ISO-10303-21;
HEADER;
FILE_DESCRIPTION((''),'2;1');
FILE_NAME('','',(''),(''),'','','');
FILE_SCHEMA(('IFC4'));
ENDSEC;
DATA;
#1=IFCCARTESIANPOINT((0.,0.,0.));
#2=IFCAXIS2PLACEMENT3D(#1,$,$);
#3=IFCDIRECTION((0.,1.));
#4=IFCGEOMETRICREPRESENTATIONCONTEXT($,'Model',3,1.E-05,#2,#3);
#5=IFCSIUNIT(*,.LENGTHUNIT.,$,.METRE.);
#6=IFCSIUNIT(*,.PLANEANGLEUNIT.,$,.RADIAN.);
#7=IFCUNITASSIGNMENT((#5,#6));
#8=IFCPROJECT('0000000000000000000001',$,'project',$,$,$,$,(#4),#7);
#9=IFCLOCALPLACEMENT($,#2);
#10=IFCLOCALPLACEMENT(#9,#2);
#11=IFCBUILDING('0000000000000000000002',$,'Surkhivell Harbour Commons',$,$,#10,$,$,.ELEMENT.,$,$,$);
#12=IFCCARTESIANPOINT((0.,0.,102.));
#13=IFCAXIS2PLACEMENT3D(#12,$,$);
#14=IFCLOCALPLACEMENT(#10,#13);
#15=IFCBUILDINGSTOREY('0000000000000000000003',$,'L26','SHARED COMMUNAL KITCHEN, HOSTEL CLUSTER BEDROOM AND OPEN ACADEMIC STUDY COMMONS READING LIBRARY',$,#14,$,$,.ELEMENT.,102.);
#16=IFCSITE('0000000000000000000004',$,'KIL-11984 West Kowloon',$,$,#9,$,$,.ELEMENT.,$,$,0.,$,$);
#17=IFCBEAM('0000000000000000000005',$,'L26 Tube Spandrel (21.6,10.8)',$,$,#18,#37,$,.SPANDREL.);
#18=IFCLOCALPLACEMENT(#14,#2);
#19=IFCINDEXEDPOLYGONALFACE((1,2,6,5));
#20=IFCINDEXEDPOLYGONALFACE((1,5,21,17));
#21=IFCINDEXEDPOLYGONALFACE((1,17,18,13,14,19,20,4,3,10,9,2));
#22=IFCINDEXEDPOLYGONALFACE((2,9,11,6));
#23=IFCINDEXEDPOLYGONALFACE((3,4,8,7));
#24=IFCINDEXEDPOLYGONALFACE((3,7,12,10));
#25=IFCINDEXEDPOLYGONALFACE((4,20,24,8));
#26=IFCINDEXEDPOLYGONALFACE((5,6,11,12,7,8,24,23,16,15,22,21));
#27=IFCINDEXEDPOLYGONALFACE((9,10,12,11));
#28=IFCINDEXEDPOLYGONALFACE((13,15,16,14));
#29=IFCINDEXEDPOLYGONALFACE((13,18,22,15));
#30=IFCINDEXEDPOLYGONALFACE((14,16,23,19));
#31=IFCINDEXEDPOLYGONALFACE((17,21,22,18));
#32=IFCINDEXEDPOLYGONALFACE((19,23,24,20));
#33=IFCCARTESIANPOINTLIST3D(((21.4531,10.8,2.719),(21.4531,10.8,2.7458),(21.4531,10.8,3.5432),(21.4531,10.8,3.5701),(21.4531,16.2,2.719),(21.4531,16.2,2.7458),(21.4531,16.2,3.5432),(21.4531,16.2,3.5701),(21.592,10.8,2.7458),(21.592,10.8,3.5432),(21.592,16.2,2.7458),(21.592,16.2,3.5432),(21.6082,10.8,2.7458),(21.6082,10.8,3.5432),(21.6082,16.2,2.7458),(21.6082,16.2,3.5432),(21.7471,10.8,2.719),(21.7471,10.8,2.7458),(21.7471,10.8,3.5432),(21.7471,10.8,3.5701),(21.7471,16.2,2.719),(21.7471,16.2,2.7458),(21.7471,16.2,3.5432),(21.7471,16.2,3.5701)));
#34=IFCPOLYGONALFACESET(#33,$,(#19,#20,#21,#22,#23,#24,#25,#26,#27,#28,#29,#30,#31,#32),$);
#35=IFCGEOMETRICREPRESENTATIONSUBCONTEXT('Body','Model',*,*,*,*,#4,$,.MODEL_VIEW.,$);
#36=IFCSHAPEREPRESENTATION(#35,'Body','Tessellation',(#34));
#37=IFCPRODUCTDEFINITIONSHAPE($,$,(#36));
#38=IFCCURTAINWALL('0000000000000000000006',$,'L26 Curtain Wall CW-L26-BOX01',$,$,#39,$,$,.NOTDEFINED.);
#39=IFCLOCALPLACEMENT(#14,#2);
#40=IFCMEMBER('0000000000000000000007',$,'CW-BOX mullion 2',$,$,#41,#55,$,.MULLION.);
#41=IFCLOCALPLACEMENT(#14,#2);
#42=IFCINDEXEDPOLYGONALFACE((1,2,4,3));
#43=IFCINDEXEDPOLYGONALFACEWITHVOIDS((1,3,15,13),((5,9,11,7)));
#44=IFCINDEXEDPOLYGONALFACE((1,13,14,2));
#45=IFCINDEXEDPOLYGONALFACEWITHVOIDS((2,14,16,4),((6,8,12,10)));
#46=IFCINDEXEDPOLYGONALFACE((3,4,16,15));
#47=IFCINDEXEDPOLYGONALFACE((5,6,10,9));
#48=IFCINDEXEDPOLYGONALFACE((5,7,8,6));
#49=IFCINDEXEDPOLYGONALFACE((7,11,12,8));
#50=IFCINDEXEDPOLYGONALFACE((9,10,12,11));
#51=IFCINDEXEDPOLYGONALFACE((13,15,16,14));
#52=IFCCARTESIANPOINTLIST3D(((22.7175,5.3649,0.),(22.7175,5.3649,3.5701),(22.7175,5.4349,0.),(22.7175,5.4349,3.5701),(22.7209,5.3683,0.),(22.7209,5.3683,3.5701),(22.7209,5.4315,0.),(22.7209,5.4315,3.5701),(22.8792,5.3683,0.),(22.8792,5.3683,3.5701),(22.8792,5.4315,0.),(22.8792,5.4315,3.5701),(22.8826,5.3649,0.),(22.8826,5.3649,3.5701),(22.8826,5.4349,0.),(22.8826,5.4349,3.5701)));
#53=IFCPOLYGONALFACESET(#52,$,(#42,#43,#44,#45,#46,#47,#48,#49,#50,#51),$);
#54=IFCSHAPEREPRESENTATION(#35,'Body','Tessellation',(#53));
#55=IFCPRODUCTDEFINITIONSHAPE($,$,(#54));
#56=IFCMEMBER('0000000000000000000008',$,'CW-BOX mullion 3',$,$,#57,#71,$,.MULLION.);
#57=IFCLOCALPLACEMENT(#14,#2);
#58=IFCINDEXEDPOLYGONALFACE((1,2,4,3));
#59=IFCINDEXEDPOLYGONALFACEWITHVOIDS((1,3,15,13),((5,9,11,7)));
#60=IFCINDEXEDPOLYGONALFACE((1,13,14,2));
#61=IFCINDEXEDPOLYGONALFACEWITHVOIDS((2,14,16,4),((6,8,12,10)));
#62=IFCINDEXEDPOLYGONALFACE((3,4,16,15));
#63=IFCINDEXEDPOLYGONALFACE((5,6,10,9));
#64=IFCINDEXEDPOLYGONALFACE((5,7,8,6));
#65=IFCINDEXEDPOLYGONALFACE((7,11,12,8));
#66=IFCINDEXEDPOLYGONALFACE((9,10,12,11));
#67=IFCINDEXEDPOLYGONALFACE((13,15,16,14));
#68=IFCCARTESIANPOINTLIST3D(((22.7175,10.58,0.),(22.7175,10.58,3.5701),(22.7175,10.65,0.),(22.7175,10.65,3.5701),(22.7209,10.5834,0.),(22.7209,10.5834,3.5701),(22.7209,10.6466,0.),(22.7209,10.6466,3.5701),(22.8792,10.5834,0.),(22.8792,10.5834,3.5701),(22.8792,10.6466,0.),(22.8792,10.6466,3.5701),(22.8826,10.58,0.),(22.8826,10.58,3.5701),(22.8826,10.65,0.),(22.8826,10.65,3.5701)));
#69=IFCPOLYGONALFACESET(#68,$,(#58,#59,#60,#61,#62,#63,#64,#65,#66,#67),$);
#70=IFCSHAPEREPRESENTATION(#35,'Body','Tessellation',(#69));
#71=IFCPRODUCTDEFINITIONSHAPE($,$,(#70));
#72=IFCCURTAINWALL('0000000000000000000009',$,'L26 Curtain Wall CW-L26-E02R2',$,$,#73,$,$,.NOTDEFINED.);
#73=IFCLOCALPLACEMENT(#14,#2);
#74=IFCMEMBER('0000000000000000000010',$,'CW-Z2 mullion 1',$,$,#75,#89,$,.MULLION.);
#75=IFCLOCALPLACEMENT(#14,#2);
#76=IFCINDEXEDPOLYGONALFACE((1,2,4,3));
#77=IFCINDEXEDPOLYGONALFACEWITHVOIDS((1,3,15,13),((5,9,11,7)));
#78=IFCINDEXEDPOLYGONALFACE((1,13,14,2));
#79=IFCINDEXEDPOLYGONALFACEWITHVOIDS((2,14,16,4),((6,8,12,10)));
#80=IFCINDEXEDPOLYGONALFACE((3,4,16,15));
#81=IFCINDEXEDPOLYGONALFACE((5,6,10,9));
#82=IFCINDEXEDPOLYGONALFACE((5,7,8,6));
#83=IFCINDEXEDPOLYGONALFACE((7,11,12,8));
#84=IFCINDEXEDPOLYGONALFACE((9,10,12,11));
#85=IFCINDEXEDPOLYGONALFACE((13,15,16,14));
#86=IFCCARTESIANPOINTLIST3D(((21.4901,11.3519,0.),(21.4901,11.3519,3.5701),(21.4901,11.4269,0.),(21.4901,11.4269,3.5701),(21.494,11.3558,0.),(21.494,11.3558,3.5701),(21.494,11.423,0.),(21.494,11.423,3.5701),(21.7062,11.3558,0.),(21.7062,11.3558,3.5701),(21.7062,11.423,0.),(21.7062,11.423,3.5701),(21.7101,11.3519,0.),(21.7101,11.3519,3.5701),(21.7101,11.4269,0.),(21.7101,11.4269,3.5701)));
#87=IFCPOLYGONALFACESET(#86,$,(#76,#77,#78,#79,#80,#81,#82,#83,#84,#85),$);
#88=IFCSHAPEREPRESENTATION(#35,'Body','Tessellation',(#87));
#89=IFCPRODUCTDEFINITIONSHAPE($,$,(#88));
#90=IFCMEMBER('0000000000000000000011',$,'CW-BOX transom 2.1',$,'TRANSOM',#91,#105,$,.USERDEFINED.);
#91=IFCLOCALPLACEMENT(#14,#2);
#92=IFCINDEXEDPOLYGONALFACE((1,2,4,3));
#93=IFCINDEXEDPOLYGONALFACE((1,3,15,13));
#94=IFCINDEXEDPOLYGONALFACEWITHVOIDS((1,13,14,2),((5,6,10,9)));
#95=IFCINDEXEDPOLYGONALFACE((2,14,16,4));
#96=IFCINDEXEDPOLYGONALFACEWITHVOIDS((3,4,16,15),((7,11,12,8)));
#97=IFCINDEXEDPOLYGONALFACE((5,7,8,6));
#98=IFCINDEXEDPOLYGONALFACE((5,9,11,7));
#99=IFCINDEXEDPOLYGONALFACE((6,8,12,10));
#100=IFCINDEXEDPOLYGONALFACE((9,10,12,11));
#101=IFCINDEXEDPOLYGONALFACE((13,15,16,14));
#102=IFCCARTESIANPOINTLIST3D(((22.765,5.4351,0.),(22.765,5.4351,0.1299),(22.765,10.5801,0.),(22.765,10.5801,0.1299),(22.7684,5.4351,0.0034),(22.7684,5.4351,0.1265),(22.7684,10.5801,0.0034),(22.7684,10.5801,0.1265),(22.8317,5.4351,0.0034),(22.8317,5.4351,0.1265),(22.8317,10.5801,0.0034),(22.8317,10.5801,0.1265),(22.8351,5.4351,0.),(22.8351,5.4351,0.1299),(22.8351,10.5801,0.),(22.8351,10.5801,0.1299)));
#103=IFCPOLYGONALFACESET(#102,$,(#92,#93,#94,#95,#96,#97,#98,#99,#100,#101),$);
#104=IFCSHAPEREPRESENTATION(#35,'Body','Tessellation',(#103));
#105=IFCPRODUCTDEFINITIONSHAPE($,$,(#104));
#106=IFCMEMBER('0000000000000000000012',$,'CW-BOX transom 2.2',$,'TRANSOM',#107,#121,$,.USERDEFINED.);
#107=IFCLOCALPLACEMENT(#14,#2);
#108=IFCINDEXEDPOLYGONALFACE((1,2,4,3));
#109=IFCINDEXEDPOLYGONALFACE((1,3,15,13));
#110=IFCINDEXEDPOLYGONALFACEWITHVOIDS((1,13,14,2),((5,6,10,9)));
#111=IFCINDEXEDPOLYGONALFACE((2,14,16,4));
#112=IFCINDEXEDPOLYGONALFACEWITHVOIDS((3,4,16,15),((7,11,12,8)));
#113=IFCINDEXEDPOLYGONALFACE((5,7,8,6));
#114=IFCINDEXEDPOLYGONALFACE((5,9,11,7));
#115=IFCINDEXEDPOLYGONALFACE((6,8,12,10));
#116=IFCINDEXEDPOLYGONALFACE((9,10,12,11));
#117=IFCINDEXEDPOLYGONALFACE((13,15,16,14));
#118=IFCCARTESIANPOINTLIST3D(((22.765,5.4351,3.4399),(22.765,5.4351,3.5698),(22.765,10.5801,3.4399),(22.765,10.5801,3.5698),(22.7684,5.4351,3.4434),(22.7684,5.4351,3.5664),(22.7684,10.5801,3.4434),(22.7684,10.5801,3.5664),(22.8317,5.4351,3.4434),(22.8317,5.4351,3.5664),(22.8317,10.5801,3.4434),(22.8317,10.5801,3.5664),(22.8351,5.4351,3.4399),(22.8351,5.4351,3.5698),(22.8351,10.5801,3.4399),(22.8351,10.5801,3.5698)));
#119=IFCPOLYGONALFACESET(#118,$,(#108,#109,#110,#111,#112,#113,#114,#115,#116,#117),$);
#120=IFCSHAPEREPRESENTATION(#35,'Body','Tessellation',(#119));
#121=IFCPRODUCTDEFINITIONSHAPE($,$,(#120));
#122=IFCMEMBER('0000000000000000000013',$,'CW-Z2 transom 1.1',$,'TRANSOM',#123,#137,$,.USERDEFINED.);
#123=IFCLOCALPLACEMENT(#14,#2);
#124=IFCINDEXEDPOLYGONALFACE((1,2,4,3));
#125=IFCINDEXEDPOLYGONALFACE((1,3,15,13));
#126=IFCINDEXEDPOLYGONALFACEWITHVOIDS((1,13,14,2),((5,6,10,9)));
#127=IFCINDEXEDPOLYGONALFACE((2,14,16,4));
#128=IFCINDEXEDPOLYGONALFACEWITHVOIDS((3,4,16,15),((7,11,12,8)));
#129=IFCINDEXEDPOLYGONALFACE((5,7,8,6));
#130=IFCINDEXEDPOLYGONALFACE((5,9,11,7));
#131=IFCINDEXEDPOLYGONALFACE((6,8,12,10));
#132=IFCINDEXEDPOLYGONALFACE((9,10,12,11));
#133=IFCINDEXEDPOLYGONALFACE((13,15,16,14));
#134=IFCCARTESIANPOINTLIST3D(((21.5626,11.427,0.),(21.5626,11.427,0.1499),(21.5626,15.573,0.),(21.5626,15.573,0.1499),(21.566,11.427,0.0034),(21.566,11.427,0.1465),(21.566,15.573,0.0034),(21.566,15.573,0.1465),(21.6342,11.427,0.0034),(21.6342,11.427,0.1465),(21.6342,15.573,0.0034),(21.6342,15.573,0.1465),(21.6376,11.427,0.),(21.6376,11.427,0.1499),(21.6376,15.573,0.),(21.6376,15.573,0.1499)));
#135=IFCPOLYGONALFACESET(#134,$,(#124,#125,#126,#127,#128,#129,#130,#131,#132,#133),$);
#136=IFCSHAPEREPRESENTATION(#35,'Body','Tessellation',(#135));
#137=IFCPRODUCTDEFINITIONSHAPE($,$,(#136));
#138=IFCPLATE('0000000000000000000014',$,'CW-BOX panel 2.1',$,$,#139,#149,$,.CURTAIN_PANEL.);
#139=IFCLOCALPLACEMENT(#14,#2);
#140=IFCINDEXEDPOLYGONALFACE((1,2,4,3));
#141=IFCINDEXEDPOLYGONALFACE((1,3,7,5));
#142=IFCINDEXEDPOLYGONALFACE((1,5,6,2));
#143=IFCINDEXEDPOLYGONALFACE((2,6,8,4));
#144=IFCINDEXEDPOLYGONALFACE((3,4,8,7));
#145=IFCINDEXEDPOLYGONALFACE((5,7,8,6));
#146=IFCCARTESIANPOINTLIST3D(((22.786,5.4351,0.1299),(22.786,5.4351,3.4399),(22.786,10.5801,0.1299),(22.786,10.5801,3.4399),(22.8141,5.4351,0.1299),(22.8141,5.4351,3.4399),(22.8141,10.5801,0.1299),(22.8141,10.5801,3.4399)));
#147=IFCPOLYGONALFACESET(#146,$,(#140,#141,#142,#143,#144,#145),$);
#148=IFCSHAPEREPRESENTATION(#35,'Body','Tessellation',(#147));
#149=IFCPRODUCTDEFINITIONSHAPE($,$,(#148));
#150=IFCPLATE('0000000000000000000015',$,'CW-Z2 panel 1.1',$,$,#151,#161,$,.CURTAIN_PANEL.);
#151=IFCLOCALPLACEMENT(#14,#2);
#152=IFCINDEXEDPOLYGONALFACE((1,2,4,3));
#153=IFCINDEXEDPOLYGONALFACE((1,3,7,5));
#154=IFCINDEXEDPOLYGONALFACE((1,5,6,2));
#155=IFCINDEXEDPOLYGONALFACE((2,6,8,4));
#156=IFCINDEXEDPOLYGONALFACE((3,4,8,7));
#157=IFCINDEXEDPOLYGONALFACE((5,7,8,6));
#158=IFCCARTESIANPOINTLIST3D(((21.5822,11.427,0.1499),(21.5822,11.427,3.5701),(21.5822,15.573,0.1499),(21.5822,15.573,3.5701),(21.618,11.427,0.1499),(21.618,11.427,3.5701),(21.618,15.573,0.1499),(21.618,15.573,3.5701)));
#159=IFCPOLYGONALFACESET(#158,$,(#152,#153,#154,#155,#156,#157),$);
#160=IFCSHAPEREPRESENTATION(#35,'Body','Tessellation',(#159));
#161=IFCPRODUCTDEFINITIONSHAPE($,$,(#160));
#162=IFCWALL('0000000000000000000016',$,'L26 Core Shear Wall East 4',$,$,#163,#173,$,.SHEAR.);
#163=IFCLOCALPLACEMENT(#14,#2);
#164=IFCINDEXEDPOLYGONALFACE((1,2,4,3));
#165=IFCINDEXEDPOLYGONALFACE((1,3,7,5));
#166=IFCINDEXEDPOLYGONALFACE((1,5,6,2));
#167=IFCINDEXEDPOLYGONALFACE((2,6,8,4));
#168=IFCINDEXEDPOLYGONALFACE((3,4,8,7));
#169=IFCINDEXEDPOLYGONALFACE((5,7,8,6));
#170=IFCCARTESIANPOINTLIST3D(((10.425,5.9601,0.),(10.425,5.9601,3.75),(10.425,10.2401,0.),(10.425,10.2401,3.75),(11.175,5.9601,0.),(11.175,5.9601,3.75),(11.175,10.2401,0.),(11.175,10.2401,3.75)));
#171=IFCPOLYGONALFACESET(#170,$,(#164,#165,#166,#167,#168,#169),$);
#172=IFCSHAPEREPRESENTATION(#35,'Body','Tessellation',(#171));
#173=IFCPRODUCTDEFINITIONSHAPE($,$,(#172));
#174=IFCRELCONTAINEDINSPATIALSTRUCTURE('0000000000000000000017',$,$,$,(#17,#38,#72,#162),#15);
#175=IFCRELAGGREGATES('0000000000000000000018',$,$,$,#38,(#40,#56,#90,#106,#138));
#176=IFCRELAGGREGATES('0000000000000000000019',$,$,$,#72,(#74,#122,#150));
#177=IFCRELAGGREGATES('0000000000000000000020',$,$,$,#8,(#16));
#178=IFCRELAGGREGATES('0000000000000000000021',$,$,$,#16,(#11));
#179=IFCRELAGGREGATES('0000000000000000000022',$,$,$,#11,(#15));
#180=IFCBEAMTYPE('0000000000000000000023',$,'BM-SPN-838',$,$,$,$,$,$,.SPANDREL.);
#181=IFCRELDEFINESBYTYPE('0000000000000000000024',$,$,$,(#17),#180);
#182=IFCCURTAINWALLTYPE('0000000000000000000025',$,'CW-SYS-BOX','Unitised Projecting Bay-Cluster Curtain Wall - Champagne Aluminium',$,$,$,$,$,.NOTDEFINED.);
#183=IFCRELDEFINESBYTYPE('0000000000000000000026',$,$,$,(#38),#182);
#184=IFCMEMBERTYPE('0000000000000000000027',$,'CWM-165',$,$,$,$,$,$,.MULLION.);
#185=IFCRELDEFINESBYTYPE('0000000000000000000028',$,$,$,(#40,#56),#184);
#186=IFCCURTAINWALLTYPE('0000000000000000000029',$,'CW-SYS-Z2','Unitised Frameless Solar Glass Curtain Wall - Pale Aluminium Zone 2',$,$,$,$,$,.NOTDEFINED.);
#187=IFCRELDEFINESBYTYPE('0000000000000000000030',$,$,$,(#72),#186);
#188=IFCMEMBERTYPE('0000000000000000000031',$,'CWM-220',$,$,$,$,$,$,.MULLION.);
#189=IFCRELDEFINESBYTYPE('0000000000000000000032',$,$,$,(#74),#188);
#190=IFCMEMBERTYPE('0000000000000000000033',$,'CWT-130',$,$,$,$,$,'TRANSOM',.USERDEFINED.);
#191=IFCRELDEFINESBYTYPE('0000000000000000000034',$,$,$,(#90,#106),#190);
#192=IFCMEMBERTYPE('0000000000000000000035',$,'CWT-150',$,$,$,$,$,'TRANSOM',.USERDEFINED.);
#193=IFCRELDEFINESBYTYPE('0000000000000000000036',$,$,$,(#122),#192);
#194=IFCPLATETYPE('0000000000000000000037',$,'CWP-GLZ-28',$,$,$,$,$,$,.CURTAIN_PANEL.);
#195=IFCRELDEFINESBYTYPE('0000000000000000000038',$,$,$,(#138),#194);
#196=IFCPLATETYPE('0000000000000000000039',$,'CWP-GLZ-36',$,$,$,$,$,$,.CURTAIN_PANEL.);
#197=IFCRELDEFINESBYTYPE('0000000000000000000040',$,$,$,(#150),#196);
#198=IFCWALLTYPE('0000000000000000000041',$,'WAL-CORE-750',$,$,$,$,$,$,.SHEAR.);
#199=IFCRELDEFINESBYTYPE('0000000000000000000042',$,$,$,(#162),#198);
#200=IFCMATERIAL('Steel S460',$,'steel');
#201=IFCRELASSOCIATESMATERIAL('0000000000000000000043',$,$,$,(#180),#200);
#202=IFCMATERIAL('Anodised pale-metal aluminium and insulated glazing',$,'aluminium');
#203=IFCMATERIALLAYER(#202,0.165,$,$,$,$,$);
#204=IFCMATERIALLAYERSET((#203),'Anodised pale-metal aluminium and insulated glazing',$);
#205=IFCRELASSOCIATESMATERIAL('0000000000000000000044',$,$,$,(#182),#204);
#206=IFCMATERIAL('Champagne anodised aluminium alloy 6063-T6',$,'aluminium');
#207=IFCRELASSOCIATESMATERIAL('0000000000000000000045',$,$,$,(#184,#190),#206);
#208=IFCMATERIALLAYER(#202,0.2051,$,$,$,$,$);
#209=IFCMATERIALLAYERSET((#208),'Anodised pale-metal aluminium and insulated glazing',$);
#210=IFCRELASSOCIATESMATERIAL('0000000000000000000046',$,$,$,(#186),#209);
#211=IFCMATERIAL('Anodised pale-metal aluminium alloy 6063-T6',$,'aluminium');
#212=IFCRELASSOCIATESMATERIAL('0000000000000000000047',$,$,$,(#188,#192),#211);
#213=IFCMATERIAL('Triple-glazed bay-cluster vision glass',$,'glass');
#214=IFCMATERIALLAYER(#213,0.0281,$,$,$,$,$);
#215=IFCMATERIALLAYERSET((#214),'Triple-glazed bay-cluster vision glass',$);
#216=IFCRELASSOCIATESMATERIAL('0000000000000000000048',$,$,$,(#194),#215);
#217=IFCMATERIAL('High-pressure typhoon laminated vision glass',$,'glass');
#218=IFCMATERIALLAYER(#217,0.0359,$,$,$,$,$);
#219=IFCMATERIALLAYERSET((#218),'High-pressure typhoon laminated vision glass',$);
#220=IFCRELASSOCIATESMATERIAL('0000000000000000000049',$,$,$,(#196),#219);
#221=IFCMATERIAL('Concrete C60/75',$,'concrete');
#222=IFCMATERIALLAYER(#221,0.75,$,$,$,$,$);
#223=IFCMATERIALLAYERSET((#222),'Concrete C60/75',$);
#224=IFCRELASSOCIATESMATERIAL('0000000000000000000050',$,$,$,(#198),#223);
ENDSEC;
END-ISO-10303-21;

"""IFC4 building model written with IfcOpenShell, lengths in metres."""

from ifc_helpers import new_model, si_unit, direction, frame, frame_2d, origin, origin_2d, place, context, subcontext, project, spatial, rectangle, hollow_rectangle, i_section, extrude, material, layer, layer_set, material_profile, profile_set, type_object, element, aggregate, save


model = new_model("IFC4")

# Units and contexts
model_context = context("Model", 3, precision=1e-05, world=origin(), true_north=direction((0.0, 1.0)))
body_context = subcontext(model_context, "Body", "Model", "MODEL_VIEW")
ifc_project = project(units=[si_unit("LENGTHUNIT", "METRE"), si_unit("PLANEANGLEUNIT", "RADIAN")], contexts=[model_context])

# Site, building, storey
site_placement = place(None, origin())
site = spatial("IfcSite", under=ifc_project, at=site_placement, Name="KIL-11984 West Kowloon", CompositionType="ELEMENT", RefElevation=0.0)
building_placement = place(site_placement, origin())
building = spatial("IfcBuilding", under=site, at=building_placement, Name="Surkhivell Harbour Commons", CompositionType="ELEMENT")
storey_placement = place(building_placement, frame((0.0, 0.0, 102.0)))
storey = spatial("IfcBuildingStorey", under=building, at=storey_placement, Name="L26", Description="SHARED COMMUNAL KITCHEN, HOSTEL CLUSTER BEDROOM AND OPEN ACADEMIC STUDY COMMONS READING LIBRARY", CompositionType="ELEMENT", Elevation=102.0)

# Shared definitions
ifc_material_1 = material(Name="Concrete C60/75", Category="concrete")

# Beam
ifc_material_2 = material(Name="Steel S460", Category="steel")
ifc_material_profile_1 = material_profile(ifc_material_2, i_section(OverallWidth=0.2939, OverallDepth=0.8511, WebThickness=0.0161, FlangeThickness=0.0269, at=origin_2d()), Name="UB838x292x226")
ifc_profile_set_1 = profile_set([ifc_material_profile_1], Name="Steel S460")
beam_type_1 = type_object("IfcBeamType", Name="BM-SPN-838", PredefinedType="SPANDREL", material=ifc_profile_set_1)
beam_1_placement = place(storey_placement, frame((21.6001, 10.8, 3.1445), z_axis=(0.0, 1.0, 0.0), x_axis=(-1.0, 0.0, 0.0)))
element("IfcBeam", 1, at=beam_1_placement, inside=storey, type_object=beam_type_1, Name="L26 Tube Spandrel (21.6,10.8)", PredefinedType="SPANDREL", context=body_context, shape_type="SweptSolid", body=[
    extrude(i_section(OverallWidth=0.2939, OverallDepth=0.8511, WebThickness=0.0161, FlangeThickness=0.0269, at=origin_2d()), origin(), (0.0, 0.0, 1.0), 5.3999),
])

# Curtain wall, members
ifc_material_3 = material(Name="Anodised pale-metal aluminium and insulated glazing", Category="aluminium")
ifc_layer_1 = layer(ifc_material_3, 0.165)
ifc_layer_set_1 = layer_set([ifc_layer_1], Name="Anodised pale-metal aluminium and insulated glazing")
curtain_wall_type_1 = type_object("IfcCurtainWallType", Name="CW-SYS-BOX", Description="Unitised Projecting Bay-Cluster Curtain Wall - Champagne Aluminium", PredefinedType="NOTDEFINED", material=ifc_layer_set_1)
curtain_wall_1_placement = place(storey_placement, origin())
curtain_wall_1 = element("IfcCurtainWall", 2, at=curtain_wall_1_placement, inside=storey, type_object=curtain_wall_type_1, Name="L26 Curtain Wall CW-L26-BOX01", PredefinedType="NOTDEFINED")
ifc_material_4 = material(Name="Champagne anodised aluminium alloy 6063-T6", Category="aluminium")
ifc_material_profile_2 = material_profile(ifc_material_4, hollow_rectangle(XDim=0.0701, YDim=0.165, WallThickness=0.0034, at=origin_2d()), Name="ALU-MULL-70x165")
ifc_profile_set_2 = profile_set([ifc_material_profile_2], Name="Champagne anodised aluminium alloy 6063-T6")
member_type_1 = type_object("IfcMemberType", Name="CWM-165", PredefinedType="MULLION", material=ifc_profile_set_2)
member_1_placement = place(storey_placement, frame((22.8, 5.3999, 0.0), z_axis=(0.0, 0.0, 1.0), x_axis=(0.0, 1.0, 0.0)))
member_1 = element("IfcMember", 3, at=member_1_placement, type_object=member_type_1, Name="CW-BOX mullion 2", PredefinedType="MULLION", context=body_context, shape_type="SweptSolid", body=[
    extrude(hollow_rectangle(XDim=0.0701, YDim=0.165, WallThickness=0.0034, at=origin_2d()), origin(), (0.0, 0.0, 1.0), 3.5701),
])
member_2_placement = place(storey_placement, frame((22.8, 10.615, 0.0), z_axis=(0.0, 0.0, 1.0), x_axis=(0.0, 1.0, 0.0)))
member_2 = element("IfcMember", 4, at=member_2_placement, type_object=member_type_1, Name="CW-BOX mullion 3", PredefinedType="MULLION", context=body_context, shape_type="SweptSolid", body=[
    extrude(hollow_rectangle(XDim=0.0701, YDim=0.165, WallThickness=0.0034, at=origin_2d()), origin(), (0.0, 0.0, 1.0), 3.5701),
])

# Curtain wall, member
ifc_layer_2 = layer(ifc_material_3, 0.2051)
ifc_layer_set_2 = layer_set([ifc_layer_2], Name="Anodised pale-metal aluminium and insulated glazing")
curtain_wall_type_2 = type_object("IfcCurtainWallType", Name="CW-SYS-Z2", Description="Unitised Frameless Solar Glass Curtain Wall - Pale Aluminium Zone 2", PredefinedType="NOTDEFINED", material=ifc_layer_set_2)
curtain_wall_2_placement = place(storey_placement, origin())
curtain_wall_2 = element("IfcCurtainWall", 5, at=curtain_wall_2_placement, inside=storey, type_object=curtain_wall_type_2, Name="L26 Curtain Wall CW-L26-E02R2", PredefinedType="NOTDEFINED")
ifc_material_5 = material(Name="Anodised pale-metal aluminium alloy 6063-T6", Category="aluminium")
ifc_material_profile_3 = material_profile(ifc_material_5, hollow_rectangle(XDim=0.075, YDim=0.22, WallThickness=0.0039, at=origin_2d()), Name="ALU-MULL-75x220")
ifc_profile_set_3 = profile_set([ifc_material_profile_3], Name="Anodised pale-metal aluminium alloy 6063-T6")
member_type_2 = type_object("IfcMemberType", Name="CWM-220", PredefinedType="MULLION", material=ifc_profile_set_3)
member_3_placement = place(storey_placement, frame((21.6001, 11.3894, 0.0), z_axis=(0.0, 0.0, 1.0), x_axis=(0.0, 1.0, 0.0)))
member_3 = element("IfcMember", 6, at=member_3_placement, type_object=member_type_2, Name="CW-Z2 mullion 1", PredefinedType="MULLION", context=body_context, shape_type="SweptSolid", body=[
    extrude(hollow_rectangle(XDim=0.075, YDim=0.22, WallThickness=0.0039, at=origin_2d()), origin(), (0.0, 0.0, 1.0), 3.5701),
])

# Members
ifc_material_profile_4 = material_profile(ifc_material_4, hollow_rectangle(XDim=0.0701, YDim=0.1299, WallThickness=0.0034, at=origin_2d()), Name="ALU-TRAN-70x130")
ifc_profile_set_4 = profile_set([ifc_material_profile_4], Name="Champagne anodised aluminium alloy 6063-T6")
member_type_3 = type_object("IfcMemberType", Name="CWT-130", ElementType="TRANSOM", PredefinedType="USERDEFINED", material=ifc_profile_set_4)
member_4_placement = place(storey_placement, frame((22.8, 5.4351, 0.0649), z_axis=(0.0, 1.0, 0.0), x_axis=(-1.0, 0.0, 0.0)))
member_4 = element("IfcMember", 7, at=member_4_placement, type_object=member_type_3, Name="CW-BOX transom 2.1", ObjectType="TRANSOM", PredefinedType="USERDEFINED", context=body_context, shape_type="SweptSolid", body=[
    extrude(hollow_rectangle(XDim=0.0701, YDim=0.1299, WallThickness=0.0034, at=origin_2d()), origin(), (0.0, 0.0, 1.0), 5.145),
])
member_5_placement = place(storey_placement, frame((22.8, 5.4351, 3.5049), z_axis=(0.0, 1.0, 0.0), x_axis=(-1.0, 0.0, 0.0)))
member_5 = element("IfcMember", 8, at=member_5_placement, type_object=member_type_3, Name="CW-BOX transom 2.2", ObjectType="TRANSOM", PredefinedType="USERDEFINED", context=body_context, shape_type="SweptSolid", body=[
    extrude(hollow_rectangle(XDim=0.0701, YDim=0.1299, WallThickness=0.0034, at=origin_2d()), origin(), (0.0, 0.0, 1.0), 5.145),
])
ifc_material_profile_5 = material_profile(ifc_material_5, hollow_rectangle(XDim=0.075, YDim=0.1499, WallThickness=0.0034, at=origin_2d()), Name="ALU-TRAN-75x150")
ifc_profile_set_5 = profile_set([ifc_material_profile_5], Name="Anodised pale-metal aluminium alloy 6063-T6")
member_type_4 = type_object("IfcMemberType", Name="CWT-150", ElementType="TRANSOM", PredefinedType="USERDEFINED", material=ifc_profile_set_5)
member_6_placement = place(storey_placement, frame((21.6001, 11.427, 0.075), z_axis=(0.0, 1.0, 0.0), x_axis=(-1.0, 0.0, 0.0)))
member_6 = element("IfcMember", 9, at=member_6_placement, type_object=member_type_4, Name="CW-Z2 transom 1.1", ObjectType="TRANSOM", PredefinedType="USERDEFINED", context=body_context, shape_type="SweptSolid", body=[
    extrude(hollow_rectangle(XDim=0.075, YDim=0.1499, WallThickness=0.0034, at=origin_2d()), origin(), (0.0, 0.0, 1.0), 4.146),
])

# Plates
ifc_material_6 = material(Name="Triple-glazed bay-cluster vision glass", Category="glass")
ifc_layer_3 = layer(ifc_material_6, 0.0281)
ifc_layer_set_3 = layer_set([ifc_layer_3], Name="Triple-glazed bay-cluster vision glass")
plate_type_1 = type_object("IfcPlateType", Name="CWP-GLZ-28", PredefinedType="CURTAIN_PANEL", material=ifc_layer_set_3)
plate_1_placement = place(storey_placement, frame((22.8, 5.4351, 0.1299), z_axis=(0.0, 0.0, 1.0), x_axis=(0.0, 1.0, 0.0)))
plate_1 = element("IfcPlate", 10, at=plate_1_placement, type_object=plate_type_1, Name="CW-BOX panel 2.1", PredefinedType="CURTAIN_PANEL", context=body_context, shape_type="SweptSolid", body=[
    extrude(rectangle(XDim=5.145, YDim=0.0281, at=frame_2d((2.5725, 0.0))), origin(), (0.0, 0.0, 1.0), 3.3101),
])
aggregate(curtain_wall_1, [member_1, member_2, member_4, member_5, plate_1])
ifc_material_7 = material(Name="High-pressure typhoon laminated vision glass", Category="glass")
ifc_layer_4 = layer(ifc_material_7, 0.0359)
ifc_layer_set_4 = layer_set([ifc_layer_4], Name="High-pressure typhoon laminated vision glass")
plate_type_2 = type_object("IfcPlateType", Name="CWP-GLZ-36", PredefinedType="CURTAIN_PANEL", material=ifc_layer_set_4)
plate_2_placement = place(storey_placement, frame((21.6001, 11.427, 0.1499), z_axis=(0.0, 0.0, 1.0), x_axis=(0.0, 1.0, 0.0)))
plate_2 = element("IfcPlate", 11, at=plate_2_placement, type_object=plate_type_2, Name="CW-Z2 panel 1.1", PredefinedType="CURTAIN_PANEL", context=body_context, shape_type="SweptSolid", body=[
    extrude(rectangle(XDim=4.146, YDim=0.0359, at=frame_2d((2.073, 0.0))), origin(), (0.0, 0.0, 1.0), 3.4202),
])
aggregate(curtain_wall_2, [member_3, member_6, plate_2])

# Wall
ifc_layer_5 = layer(ifc_material_1, 0.75)
ifc_layer_set_5 = layer_set([ifc_layer_5], Name="Concrete C60/75")
wall_type_1 = type_object("IfcWallType", Name="WAL-CORE-750", PredefinedType="SHEAR", material=ifc_layer_set_5)
wall_1_placement = place(storey_placement, frame((10.8, 5.96, 0.0), z_axis=(0.0, 0.0, 1.0), x_axis=(0.0, 1.0, 0.0)))
element("IfcWall", 12, at=wall_1_placement, inside=storey, type_object=wall_type_1, Name="L26 Core Shear Wall East 4", PredefinedType="SHEAR", context=body_context, shape_type="SweptSolid", body=[
    extrude(rectangle(XDim=4.28, YDim=0.75, at=frame_2d((2.1401, 0.0))), origin(), (0.0, 0.0, 1.0), 3.75),
])

save(model, "model.ifc")
